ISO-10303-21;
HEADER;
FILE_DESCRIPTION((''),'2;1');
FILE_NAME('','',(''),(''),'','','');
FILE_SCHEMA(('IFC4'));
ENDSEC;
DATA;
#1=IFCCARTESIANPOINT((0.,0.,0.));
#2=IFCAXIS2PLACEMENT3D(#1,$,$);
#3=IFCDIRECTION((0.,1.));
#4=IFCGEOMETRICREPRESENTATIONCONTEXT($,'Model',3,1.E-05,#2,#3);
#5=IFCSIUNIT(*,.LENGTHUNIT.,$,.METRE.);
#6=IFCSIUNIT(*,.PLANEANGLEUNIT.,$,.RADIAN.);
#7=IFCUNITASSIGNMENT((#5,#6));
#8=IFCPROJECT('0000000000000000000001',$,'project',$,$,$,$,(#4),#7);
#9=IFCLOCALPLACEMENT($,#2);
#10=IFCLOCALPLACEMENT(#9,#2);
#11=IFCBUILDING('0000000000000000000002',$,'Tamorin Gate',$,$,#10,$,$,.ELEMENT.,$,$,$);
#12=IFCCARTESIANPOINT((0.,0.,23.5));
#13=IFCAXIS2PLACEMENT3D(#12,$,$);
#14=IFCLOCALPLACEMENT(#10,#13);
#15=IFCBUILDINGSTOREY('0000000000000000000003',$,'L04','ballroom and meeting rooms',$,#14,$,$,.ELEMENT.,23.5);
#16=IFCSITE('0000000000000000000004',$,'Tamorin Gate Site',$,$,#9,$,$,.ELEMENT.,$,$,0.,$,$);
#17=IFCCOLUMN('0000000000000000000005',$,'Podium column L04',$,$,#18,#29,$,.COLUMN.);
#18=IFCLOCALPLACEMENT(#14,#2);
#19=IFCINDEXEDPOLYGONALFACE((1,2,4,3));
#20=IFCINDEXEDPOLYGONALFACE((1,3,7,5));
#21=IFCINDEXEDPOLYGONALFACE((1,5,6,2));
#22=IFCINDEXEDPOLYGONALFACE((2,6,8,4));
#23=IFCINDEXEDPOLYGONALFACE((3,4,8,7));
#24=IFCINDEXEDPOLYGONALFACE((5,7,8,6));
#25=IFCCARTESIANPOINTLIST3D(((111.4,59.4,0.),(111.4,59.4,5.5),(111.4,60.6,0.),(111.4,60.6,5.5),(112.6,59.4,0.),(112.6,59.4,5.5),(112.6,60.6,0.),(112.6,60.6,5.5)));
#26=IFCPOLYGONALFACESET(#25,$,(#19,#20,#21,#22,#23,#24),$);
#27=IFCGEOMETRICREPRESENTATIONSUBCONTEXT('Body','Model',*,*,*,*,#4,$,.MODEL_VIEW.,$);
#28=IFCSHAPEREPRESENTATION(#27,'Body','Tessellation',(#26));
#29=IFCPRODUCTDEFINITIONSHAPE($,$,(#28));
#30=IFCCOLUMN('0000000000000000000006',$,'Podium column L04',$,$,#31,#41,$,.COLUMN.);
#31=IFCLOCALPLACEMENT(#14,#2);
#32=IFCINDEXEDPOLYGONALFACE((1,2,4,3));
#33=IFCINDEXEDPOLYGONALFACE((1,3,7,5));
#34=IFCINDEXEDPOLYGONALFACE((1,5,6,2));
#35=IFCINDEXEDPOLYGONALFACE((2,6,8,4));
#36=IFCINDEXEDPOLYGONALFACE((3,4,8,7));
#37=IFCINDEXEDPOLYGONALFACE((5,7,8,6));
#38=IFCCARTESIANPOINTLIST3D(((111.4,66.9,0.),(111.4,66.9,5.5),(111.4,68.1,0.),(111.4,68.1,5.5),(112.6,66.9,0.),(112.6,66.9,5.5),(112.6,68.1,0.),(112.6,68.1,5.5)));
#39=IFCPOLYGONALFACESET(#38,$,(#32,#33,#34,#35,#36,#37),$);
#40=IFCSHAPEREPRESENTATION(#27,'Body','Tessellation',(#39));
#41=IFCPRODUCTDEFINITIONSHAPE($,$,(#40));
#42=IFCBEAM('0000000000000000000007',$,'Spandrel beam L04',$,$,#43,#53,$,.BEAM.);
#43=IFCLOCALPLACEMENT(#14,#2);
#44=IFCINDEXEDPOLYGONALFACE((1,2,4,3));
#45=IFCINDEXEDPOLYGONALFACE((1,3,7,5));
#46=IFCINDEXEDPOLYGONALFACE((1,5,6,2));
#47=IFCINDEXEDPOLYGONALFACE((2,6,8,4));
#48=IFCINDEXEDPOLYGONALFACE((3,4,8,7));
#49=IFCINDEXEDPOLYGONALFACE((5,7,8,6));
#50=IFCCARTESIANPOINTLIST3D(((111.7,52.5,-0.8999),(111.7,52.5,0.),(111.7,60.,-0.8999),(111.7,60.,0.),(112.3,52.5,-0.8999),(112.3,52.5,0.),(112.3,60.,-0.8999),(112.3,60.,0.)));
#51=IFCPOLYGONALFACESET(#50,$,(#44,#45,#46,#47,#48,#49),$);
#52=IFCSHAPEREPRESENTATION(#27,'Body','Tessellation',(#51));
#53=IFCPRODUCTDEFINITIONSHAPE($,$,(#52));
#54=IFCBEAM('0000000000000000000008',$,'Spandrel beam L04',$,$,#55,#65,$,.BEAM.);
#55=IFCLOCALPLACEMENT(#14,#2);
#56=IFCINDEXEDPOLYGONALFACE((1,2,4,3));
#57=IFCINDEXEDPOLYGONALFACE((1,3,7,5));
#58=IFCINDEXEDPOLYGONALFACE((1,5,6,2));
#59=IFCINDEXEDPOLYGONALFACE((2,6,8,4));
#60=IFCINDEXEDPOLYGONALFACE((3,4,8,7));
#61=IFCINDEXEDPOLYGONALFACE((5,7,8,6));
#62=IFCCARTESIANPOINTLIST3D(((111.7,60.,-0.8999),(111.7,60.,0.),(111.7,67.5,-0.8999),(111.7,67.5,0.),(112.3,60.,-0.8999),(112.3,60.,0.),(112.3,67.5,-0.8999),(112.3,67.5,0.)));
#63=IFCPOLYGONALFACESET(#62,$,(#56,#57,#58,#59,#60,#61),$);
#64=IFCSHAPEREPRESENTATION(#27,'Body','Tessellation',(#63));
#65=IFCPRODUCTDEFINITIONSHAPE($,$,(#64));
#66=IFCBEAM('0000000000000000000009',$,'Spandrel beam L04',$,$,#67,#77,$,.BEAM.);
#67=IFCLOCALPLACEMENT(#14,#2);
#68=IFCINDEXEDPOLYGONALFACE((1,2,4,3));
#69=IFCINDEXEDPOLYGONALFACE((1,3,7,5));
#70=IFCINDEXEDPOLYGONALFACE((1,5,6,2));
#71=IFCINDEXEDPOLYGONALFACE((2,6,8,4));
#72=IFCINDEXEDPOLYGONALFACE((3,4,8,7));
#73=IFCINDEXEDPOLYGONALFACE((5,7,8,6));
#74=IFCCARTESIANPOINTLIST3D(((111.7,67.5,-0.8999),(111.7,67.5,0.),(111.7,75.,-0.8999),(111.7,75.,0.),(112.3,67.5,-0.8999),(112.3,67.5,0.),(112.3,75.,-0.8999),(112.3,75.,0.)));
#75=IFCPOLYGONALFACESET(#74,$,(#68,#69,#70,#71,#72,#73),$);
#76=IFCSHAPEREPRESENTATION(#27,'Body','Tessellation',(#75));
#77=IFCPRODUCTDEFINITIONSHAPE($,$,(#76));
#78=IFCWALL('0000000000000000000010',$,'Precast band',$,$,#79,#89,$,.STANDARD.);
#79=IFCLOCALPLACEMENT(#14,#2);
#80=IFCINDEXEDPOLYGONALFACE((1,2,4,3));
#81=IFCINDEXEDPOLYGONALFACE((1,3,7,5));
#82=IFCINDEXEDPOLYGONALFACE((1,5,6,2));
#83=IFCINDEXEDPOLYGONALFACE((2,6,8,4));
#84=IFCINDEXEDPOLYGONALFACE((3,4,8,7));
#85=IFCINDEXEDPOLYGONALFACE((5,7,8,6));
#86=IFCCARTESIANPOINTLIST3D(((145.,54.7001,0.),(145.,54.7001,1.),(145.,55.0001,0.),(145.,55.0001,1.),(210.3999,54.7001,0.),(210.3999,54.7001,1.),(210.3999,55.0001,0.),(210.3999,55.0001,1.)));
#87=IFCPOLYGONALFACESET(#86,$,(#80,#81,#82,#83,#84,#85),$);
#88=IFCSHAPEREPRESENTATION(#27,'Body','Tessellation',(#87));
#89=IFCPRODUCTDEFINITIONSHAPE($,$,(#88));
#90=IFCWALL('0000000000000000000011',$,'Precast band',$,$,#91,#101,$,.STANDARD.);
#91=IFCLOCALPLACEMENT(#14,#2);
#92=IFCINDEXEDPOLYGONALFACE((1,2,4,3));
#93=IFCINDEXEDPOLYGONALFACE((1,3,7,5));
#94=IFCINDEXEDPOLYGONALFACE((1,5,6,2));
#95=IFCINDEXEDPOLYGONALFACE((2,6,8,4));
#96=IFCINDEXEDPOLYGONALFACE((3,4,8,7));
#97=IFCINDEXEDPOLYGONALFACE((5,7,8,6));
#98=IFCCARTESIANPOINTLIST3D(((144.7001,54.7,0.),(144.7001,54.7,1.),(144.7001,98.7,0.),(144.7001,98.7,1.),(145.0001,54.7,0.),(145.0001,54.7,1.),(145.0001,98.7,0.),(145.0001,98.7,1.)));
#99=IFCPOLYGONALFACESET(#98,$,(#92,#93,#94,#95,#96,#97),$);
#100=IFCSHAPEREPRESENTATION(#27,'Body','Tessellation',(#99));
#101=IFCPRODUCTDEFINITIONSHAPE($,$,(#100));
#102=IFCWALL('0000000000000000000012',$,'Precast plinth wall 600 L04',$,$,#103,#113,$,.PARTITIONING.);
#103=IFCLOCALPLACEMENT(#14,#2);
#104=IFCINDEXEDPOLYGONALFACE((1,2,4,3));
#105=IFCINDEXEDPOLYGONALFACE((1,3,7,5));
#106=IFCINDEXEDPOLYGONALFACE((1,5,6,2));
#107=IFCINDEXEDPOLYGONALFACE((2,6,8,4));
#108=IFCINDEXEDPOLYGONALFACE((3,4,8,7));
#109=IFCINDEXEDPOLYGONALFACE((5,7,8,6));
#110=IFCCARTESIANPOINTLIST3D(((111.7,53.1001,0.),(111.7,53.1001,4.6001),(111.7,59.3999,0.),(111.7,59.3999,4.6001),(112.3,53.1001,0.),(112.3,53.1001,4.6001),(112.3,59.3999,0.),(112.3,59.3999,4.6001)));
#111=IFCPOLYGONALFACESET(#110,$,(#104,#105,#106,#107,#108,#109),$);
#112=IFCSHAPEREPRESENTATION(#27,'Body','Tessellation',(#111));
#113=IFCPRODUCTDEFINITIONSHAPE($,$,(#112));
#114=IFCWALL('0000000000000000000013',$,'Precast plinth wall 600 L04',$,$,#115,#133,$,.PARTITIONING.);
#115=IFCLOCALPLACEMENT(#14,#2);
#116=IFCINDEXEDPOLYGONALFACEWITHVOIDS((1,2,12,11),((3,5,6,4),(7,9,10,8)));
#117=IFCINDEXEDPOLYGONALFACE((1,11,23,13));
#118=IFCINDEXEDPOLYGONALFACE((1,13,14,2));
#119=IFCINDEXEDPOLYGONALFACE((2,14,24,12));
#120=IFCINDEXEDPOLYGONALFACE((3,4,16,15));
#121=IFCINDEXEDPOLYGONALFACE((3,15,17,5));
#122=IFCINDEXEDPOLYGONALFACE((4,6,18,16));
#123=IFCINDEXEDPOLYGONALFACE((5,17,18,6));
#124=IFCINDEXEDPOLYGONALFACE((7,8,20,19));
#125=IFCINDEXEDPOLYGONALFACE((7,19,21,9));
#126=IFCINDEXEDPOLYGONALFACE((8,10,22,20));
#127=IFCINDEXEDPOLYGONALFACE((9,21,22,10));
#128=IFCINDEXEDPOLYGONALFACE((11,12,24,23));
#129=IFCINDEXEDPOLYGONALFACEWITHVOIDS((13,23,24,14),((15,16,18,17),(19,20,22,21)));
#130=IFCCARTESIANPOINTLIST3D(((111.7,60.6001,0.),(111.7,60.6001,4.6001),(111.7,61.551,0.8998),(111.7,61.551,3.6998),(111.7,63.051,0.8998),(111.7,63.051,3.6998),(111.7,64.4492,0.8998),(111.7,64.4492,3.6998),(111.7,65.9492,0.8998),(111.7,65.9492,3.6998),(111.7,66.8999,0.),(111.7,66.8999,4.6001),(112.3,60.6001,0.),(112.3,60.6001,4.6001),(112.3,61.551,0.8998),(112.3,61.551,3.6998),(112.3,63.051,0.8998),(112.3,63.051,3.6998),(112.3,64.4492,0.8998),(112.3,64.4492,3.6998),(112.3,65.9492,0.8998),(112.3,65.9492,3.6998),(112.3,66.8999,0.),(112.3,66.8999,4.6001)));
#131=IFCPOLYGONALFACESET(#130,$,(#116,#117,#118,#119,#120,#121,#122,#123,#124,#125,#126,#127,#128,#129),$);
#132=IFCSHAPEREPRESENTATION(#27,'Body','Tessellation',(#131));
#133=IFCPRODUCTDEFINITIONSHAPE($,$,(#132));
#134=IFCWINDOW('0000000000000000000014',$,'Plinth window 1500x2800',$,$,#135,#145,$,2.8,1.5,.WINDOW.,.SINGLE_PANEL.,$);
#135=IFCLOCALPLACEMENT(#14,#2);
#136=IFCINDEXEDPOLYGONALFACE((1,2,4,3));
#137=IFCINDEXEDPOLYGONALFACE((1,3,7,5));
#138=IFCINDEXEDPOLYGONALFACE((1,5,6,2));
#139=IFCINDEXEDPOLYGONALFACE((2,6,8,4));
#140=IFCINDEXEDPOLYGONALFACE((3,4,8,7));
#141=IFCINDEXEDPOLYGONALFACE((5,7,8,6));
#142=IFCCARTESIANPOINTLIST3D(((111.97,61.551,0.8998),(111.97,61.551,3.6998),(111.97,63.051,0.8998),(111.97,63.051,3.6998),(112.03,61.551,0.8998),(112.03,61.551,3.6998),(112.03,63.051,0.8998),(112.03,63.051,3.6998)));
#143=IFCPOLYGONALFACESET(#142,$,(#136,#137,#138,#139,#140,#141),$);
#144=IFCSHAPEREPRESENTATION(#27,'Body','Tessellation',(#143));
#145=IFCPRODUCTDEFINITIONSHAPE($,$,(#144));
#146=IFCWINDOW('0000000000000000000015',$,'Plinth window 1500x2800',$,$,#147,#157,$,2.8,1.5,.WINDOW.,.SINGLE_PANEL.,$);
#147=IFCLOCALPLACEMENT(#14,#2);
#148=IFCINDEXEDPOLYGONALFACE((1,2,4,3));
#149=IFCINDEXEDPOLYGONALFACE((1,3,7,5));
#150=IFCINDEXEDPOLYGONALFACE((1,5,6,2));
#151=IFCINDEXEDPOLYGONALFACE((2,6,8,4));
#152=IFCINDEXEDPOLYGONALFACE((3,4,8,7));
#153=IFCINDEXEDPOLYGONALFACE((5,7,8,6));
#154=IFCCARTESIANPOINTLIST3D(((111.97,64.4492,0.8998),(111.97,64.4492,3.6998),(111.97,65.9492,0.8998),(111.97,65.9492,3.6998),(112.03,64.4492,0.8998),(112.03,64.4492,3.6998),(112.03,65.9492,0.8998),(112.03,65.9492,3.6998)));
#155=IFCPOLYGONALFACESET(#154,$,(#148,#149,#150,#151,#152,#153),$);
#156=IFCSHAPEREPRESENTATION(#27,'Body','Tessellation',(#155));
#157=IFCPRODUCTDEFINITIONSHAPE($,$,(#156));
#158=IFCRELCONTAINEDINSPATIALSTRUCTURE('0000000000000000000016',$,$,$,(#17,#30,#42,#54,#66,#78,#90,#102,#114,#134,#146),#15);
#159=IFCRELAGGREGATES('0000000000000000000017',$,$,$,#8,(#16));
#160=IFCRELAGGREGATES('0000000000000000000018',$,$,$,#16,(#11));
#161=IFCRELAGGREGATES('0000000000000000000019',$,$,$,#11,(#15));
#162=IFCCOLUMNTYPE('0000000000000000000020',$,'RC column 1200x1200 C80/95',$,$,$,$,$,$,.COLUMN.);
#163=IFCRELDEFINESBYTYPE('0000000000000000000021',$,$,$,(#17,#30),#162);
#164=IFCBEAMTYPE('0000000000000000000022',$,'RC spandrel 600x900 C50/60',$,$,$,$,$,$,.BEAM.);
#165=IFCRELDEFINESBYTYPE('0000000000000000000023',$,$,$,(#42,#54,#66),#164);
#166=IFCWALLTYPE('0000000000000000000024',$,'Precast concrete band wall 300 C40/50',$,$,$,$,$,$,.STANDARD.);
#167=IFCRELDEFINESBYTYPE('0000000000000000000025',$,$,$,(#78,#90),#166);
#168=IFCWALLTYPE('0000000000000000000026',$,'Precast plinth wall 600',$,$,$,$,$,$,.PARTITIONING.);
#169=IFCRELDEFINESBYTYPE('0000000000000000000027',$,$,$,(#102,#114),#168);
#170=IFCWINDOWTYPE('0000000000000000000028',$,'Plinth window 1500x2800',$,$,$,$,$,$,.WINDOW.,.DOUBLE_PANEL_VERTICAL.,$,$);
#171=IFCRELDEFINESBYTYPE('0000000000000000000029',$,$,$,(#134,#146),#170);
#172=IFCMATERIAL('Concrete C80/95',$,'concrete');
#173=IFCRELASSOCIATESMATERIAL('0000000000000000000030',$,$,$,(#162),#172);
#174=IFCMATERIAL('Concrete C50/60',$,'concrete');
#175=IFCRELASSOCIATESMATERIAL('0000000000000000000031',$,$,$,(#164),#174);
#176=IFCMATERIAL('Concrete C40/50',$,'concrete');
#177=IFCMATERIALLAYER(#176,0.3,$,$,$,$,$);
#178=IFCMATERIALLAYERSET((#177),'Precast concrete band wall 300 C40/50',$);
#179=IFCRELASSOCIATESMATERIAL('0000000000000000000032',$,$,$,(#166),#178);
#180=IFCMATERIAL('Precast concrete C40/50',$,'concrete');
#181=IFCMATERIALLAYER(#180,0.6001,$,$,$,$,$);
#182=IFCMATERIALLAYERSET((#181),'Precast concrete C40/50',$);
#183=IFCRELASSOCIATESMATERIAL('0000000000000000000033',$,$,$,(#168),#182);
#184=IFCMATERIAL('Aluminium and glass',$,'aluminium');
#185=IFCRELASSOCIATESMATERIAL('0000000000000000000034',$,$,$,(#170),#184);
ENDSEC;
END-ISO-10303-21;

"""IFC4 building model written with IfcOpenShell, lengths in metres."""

from ifc_helpers import new_model, si_unit, direction, frame, frame_2d, origin, origin_2d, place, context, subcontext, project, spatial, rectangle, extrude, material, layer, layer_set, material_profile, profile_set, type_object, element, fill, save


model = new_model("IFC4")

# Units and contexts
model_context = context("Model", 3, precision=1e-05, world=origin(), true_north=direction((0.0, 1.0)))
body_context = subcontext(model_context, "Body", "Model", "MODEL_VIEW")
ifc_project = project(units=[si_unit("LENGTHUNIT", "METRE"), si_unit("PLANEANGLEUNIT", "RADIAN")], contexts=[model_context])

# Site, building, storey
site_placement = place(None, origin())
site = spatial("IfcSite", under=ifc_project, at=site_placement, Name="Tamorin Gate Site", CompositionType="ELEMENT", RefElevation=0.0)
building_placement = place(site_placement, origin())
building = spatial("IfcBuilding", under=site, at=building_placement, Name="Tamorin Gate", CompositionType="ELEMENT")
storey_placement = place(building_placement, frame((0.0, 0.0, 23.5)))
storey = spatial("IfcBuildingStorey", under=building, at=storey_placement, Name="L04", Description="ballroom and meeting rooms", CompositionType="ELEMENT", Elevation=23.5)

# Columns
ifc_material_1 = material(Name="Concrete C80/95", Category="concrete")
ifc_material_profile_1 = material_profile(ifc_material_1, rectangle(XDim=1.2, YDim=1.2, at=origin_2d()), Name="RC 1200x1200")
ifc_profile_set_1 = profile_set([ifc_material_profile_1], Name="Concrete C80/95")
column_type = type_object("IfcColumnType", Name="RC column 1200x1200 C80/95", PredefinedType="COLUMN", material=ifc_profile_set_1)
for number, where, z_axis, x_axis, name in (
    (1, (112.0, 60.0, 0.0), (0.0, 0.0, 1.0), (1.0, 0.0, 0.0), "Podium column L04"),
    (2, (112.0, 67.5, 0.0), (0.0, 0.0, 1.0), (1.0, 0.0, 0.0), "Podium column L04"),
):
    element("IfcColumn", number, at=place(storey_placement, frame(where, z_axis=z_axis, x_axis=x_axis)), inside=storey, type_object=column_type, Name=name, PredefinedType="COLUMN", context=body_context, shape_type="SweptSolid", body=[
        extrude(rectangle(XDim=1.2, YDim=1.2, at=origin_2d()), origin(), (0.0, 0.0, 1.0), 5.5),
    ])

# Beams
ifc_material_2 = material(Name="Concrete C50/60", Category="concrete")
ifc_material_profile_2 = material_profile(ifc_material_2, rectangle(XDim=0.6001, YDim=0.8999, at=origin_2d()), Name="RC 600x900")
ifc_profile_set_2 = profile_set([ifc_material_profile_2], Name="Concrete C50/60")
beam_type = type_object("IfcBeamType", Name="RC spandrel 600x900 C50/60", PredefinedType="BEAM", material=ifc_profile_set_2)
for number, where, z_axis, x_axis, name in (
    (3, (112.0, 52.5, -0.45), (0.0, 1.0, 0.0), (-1.0, 0.0, 0.0), "Spandrel beam L04"),
    (4, (112.0, 60.0, -0.45), (0.0, 1.0, 0.0), (-1.0, 0.0, 0.0), "Spandrel beam L04"),
    (5, (112.0, 67.5, -0.45), (0.0, 1.0, 0.0), (-1.0, 0.0, 0.0), "Spandrel beam L04"),
):
    element("IfcBeam", number, at=place(storey_placement, frame(where, z_axis=z_axis, x_axis=x_axis)), inside=storey, type_object=beam_type, Name=name, PredefinedType="BEAM", context=body_context, shape_type="SweptSolid", body=[
        extrude(rectangle(XDim=0.6001, YDim=0.8999, at=origin_2d()), origin(), (0.0, 0.0, 1.0), 7.5),
    ])

# Walls
ifc_material_3 = material(Name="Concrete C40/50", Category="concrete")
ifc_layer_1 = layer(ifc_material_3, 0.3)
ifc_layer_set_1 = layer_set([ifc_layer_1], Name="Precast concrete band wall 300 C40/50")
wall_type_1 = type_object("IfcWallType", Name="Precast concrete band wall 300 C40/50", PredefinedType="STANDARD", material=ifc_layer_set_1)
wall_1_placement = place(storey_placement, frame((145.0, 54.8501, 0.0), z_axis=(0.0, 0.0, 1.0), x_axis=(1.0, 0.0, 0.0)))
element("IfcWall", 6, at=wall_1_placement, inside=storey, type_object=wall_type_1, Name="Precast band", PredefinedType="STANDARD", context=body_context, shape_type="SweptSolid", body=[
    extrude(rectangle(XDim=65.3999, YDim=0.3, at=frame_2d((32.7, 0.0))), origin(), (0.0, 0.0, 1.0), 1.0),
])
wall_2_placement = place(storey_placement, frame((144.8501, 54.7, 0.0), z_axis=(0.0, 0.0, 1.0), x_axis=(0.0, 1.0, 0.0)))
element("IfcWall", 7, at=wall_2_placement, inside=storey, type_object=wall_type_1, Name="Precast band", PredefinedType="STANDARD", context=body_context, shape_type="SweptSolid", body=[
    extrude(rectangle(XDim=44.0, YDim=0.3, at=frame_2d((22.0, 0.0))), origin(), (0.0, 0.0, 1.0), 1.0),
])
ifc_material_4 = material(Name="Precast concrete C40/50", Category="concrete")
ifc_layer_2 = layer(ifc_material_4, 0.6001)
ifc_layer_set_2 = layer_set([ifc_layer_2], Name="Precast concrete C40/50")
wall_type_2 = type_object("IfcWallType", Name="Precast plinth wall 600", PredefinedType="PARTITIONING", material=ifc_layer_set_2)
wall_3_placement = place(storey_placement, frame((112.0, 53.1001, 0.0), z_axis=(0.0, 0.0, 1.0), x_axis=(0.0, 1.0, 0.0)))
element("IfcWall", 8, at=wall_3_placement, inside=storey, type_object=wall_type_2, Name="Precast plinth wall 600 L04", PredefinedType="PARTITIONING", context=body_context, shape_type="SweptSolid", body=[
    extrude(rectangle(XDim=6.2998, YDim=0.6001, at=frame_2d((3.1499, 0.0))), origin(), (0.0, 0.0, 1.0), 4.6001),
])

# Wall, openings, windows
wall_4_placement = place(storey_placement, frame((112.0, 60.6001, 0.0), z_axis=(0.0, 0.0, 1.0), x_axis=(0.0, 1.0, 0.0)))
wall_4 = element("IfcWall", 9, at=wall_4_placement, inside=storey, type_object=wall_type_2, Name="Precast plinth wall 600 L04", PredefinedType="PARTITIONING", context=body_context, shape_type="SweptSolid", body=[
    extrude(rectangle(XDim=6.2998, YDim=0.6001, at=frame_2d((3.1499, 0.0))), origin(), (0.0, 0.0, 1.0), 4.6001),
])
opening_1_placement = place(wall_4_placement, frame((0.9509, 0.0, 0.8999)))
opening_1 = element("IfcOpeningElement", 10, at=opening_1_placement, cuts=wall_4, PredefinedType="OPENING", context=body_context, shape_type="SweptSolid", body=[
    extrude(rectangle(XDim=1.5, YDim=2.8, at=frame_2d((0.75, 1.3999))), frame((0.0, 0.3101, 0.0), z_axis=(0.0, -1.0, 0.0), x_axis=(1.0, 0.0, 0.0)), (0.0, 0.0, 1.0), 0.6201),
])
opening_2_placement = place(wall_4_placement, frame((3.8491, 0.0, 0.8999)))
opening_2 = element("IfcOpeningElement", 11, at=opening_2_placement, cuts=wall_4, PredefinedType="OPENING", context=body_context, shape_type="SweptSolid", body=[
    extrude(rectangle(XDim=1.5, YDim=2.8, at=frame_2d((0.75, 1.3999))), frame((0.0, 0.3101, 0.0), z_axis=(0.0, -1.0, 0.0), x_axis=(1.0, 0.0, 0.0)), (0.0, 0.0, 1.0), 0.6201),
])
ifc_material_5 = material(Name="Aluminium and glass", Category="aluminium")
window_type = type_object("IfcWindowType", Name="Plinth window 1500x2800", PartitioningType="DOUBLE_PANEL_VERTICAL", PredefinedType="WINDOW", material=ifc_material_5)
window_1_placement = place(opening_1_placement, origin())
window_1 = element("IfcWindow", 12, at=window_1_placement, inside=storey, type_object=window_type, Name="Plinth window 1500x2800", OverallHeight=2.8, OverallWidth=1.5, PartitioningType="SINGLE_PANEL", PredefinedType="WINDOW", context=body_context, shape_type="SweptSolid", body=[
    extrude(rectangle(XDim=1.5, YDim=2.8, at=frame_2d((0.75, 1.3999))), frame((0.0, 0.03, 0.0), z_axis=(0.0, -1.0, 0.0), x_axis=(1.0, 0.0, 0.0)), (0.0, 0.0, 1.0), 0.0601),
])
fill(opening_1, window_1)
window_2_placement = place(opening_2_placement, origin())
window_2 = element("IfcWindow", 13, at=window_2_placement, inside=storey, type_object=window_type, Name="Plinth window 1500x2800", OverallHeight=2.8, OverallWidth=1.5, PartitioningType="SINGLE_PANEL", PredefinedType="WINDOW", context=body_context, shape_type="SweptSolid", body=[
    extrude(rectangle(XDim=1.5, YDim=2.8, at=frame_2d((0.75, 1.3999))), frame((0.0, 0.03, 0.0), z_axis=(0.0, -1.0, 0.0), x_axis=(1.0, 0.0, 0.0)), (0.0, 0.0, 1.0), 0.0601),
])
fill(opening_2, window_2)

save(model, "model.ifc")
